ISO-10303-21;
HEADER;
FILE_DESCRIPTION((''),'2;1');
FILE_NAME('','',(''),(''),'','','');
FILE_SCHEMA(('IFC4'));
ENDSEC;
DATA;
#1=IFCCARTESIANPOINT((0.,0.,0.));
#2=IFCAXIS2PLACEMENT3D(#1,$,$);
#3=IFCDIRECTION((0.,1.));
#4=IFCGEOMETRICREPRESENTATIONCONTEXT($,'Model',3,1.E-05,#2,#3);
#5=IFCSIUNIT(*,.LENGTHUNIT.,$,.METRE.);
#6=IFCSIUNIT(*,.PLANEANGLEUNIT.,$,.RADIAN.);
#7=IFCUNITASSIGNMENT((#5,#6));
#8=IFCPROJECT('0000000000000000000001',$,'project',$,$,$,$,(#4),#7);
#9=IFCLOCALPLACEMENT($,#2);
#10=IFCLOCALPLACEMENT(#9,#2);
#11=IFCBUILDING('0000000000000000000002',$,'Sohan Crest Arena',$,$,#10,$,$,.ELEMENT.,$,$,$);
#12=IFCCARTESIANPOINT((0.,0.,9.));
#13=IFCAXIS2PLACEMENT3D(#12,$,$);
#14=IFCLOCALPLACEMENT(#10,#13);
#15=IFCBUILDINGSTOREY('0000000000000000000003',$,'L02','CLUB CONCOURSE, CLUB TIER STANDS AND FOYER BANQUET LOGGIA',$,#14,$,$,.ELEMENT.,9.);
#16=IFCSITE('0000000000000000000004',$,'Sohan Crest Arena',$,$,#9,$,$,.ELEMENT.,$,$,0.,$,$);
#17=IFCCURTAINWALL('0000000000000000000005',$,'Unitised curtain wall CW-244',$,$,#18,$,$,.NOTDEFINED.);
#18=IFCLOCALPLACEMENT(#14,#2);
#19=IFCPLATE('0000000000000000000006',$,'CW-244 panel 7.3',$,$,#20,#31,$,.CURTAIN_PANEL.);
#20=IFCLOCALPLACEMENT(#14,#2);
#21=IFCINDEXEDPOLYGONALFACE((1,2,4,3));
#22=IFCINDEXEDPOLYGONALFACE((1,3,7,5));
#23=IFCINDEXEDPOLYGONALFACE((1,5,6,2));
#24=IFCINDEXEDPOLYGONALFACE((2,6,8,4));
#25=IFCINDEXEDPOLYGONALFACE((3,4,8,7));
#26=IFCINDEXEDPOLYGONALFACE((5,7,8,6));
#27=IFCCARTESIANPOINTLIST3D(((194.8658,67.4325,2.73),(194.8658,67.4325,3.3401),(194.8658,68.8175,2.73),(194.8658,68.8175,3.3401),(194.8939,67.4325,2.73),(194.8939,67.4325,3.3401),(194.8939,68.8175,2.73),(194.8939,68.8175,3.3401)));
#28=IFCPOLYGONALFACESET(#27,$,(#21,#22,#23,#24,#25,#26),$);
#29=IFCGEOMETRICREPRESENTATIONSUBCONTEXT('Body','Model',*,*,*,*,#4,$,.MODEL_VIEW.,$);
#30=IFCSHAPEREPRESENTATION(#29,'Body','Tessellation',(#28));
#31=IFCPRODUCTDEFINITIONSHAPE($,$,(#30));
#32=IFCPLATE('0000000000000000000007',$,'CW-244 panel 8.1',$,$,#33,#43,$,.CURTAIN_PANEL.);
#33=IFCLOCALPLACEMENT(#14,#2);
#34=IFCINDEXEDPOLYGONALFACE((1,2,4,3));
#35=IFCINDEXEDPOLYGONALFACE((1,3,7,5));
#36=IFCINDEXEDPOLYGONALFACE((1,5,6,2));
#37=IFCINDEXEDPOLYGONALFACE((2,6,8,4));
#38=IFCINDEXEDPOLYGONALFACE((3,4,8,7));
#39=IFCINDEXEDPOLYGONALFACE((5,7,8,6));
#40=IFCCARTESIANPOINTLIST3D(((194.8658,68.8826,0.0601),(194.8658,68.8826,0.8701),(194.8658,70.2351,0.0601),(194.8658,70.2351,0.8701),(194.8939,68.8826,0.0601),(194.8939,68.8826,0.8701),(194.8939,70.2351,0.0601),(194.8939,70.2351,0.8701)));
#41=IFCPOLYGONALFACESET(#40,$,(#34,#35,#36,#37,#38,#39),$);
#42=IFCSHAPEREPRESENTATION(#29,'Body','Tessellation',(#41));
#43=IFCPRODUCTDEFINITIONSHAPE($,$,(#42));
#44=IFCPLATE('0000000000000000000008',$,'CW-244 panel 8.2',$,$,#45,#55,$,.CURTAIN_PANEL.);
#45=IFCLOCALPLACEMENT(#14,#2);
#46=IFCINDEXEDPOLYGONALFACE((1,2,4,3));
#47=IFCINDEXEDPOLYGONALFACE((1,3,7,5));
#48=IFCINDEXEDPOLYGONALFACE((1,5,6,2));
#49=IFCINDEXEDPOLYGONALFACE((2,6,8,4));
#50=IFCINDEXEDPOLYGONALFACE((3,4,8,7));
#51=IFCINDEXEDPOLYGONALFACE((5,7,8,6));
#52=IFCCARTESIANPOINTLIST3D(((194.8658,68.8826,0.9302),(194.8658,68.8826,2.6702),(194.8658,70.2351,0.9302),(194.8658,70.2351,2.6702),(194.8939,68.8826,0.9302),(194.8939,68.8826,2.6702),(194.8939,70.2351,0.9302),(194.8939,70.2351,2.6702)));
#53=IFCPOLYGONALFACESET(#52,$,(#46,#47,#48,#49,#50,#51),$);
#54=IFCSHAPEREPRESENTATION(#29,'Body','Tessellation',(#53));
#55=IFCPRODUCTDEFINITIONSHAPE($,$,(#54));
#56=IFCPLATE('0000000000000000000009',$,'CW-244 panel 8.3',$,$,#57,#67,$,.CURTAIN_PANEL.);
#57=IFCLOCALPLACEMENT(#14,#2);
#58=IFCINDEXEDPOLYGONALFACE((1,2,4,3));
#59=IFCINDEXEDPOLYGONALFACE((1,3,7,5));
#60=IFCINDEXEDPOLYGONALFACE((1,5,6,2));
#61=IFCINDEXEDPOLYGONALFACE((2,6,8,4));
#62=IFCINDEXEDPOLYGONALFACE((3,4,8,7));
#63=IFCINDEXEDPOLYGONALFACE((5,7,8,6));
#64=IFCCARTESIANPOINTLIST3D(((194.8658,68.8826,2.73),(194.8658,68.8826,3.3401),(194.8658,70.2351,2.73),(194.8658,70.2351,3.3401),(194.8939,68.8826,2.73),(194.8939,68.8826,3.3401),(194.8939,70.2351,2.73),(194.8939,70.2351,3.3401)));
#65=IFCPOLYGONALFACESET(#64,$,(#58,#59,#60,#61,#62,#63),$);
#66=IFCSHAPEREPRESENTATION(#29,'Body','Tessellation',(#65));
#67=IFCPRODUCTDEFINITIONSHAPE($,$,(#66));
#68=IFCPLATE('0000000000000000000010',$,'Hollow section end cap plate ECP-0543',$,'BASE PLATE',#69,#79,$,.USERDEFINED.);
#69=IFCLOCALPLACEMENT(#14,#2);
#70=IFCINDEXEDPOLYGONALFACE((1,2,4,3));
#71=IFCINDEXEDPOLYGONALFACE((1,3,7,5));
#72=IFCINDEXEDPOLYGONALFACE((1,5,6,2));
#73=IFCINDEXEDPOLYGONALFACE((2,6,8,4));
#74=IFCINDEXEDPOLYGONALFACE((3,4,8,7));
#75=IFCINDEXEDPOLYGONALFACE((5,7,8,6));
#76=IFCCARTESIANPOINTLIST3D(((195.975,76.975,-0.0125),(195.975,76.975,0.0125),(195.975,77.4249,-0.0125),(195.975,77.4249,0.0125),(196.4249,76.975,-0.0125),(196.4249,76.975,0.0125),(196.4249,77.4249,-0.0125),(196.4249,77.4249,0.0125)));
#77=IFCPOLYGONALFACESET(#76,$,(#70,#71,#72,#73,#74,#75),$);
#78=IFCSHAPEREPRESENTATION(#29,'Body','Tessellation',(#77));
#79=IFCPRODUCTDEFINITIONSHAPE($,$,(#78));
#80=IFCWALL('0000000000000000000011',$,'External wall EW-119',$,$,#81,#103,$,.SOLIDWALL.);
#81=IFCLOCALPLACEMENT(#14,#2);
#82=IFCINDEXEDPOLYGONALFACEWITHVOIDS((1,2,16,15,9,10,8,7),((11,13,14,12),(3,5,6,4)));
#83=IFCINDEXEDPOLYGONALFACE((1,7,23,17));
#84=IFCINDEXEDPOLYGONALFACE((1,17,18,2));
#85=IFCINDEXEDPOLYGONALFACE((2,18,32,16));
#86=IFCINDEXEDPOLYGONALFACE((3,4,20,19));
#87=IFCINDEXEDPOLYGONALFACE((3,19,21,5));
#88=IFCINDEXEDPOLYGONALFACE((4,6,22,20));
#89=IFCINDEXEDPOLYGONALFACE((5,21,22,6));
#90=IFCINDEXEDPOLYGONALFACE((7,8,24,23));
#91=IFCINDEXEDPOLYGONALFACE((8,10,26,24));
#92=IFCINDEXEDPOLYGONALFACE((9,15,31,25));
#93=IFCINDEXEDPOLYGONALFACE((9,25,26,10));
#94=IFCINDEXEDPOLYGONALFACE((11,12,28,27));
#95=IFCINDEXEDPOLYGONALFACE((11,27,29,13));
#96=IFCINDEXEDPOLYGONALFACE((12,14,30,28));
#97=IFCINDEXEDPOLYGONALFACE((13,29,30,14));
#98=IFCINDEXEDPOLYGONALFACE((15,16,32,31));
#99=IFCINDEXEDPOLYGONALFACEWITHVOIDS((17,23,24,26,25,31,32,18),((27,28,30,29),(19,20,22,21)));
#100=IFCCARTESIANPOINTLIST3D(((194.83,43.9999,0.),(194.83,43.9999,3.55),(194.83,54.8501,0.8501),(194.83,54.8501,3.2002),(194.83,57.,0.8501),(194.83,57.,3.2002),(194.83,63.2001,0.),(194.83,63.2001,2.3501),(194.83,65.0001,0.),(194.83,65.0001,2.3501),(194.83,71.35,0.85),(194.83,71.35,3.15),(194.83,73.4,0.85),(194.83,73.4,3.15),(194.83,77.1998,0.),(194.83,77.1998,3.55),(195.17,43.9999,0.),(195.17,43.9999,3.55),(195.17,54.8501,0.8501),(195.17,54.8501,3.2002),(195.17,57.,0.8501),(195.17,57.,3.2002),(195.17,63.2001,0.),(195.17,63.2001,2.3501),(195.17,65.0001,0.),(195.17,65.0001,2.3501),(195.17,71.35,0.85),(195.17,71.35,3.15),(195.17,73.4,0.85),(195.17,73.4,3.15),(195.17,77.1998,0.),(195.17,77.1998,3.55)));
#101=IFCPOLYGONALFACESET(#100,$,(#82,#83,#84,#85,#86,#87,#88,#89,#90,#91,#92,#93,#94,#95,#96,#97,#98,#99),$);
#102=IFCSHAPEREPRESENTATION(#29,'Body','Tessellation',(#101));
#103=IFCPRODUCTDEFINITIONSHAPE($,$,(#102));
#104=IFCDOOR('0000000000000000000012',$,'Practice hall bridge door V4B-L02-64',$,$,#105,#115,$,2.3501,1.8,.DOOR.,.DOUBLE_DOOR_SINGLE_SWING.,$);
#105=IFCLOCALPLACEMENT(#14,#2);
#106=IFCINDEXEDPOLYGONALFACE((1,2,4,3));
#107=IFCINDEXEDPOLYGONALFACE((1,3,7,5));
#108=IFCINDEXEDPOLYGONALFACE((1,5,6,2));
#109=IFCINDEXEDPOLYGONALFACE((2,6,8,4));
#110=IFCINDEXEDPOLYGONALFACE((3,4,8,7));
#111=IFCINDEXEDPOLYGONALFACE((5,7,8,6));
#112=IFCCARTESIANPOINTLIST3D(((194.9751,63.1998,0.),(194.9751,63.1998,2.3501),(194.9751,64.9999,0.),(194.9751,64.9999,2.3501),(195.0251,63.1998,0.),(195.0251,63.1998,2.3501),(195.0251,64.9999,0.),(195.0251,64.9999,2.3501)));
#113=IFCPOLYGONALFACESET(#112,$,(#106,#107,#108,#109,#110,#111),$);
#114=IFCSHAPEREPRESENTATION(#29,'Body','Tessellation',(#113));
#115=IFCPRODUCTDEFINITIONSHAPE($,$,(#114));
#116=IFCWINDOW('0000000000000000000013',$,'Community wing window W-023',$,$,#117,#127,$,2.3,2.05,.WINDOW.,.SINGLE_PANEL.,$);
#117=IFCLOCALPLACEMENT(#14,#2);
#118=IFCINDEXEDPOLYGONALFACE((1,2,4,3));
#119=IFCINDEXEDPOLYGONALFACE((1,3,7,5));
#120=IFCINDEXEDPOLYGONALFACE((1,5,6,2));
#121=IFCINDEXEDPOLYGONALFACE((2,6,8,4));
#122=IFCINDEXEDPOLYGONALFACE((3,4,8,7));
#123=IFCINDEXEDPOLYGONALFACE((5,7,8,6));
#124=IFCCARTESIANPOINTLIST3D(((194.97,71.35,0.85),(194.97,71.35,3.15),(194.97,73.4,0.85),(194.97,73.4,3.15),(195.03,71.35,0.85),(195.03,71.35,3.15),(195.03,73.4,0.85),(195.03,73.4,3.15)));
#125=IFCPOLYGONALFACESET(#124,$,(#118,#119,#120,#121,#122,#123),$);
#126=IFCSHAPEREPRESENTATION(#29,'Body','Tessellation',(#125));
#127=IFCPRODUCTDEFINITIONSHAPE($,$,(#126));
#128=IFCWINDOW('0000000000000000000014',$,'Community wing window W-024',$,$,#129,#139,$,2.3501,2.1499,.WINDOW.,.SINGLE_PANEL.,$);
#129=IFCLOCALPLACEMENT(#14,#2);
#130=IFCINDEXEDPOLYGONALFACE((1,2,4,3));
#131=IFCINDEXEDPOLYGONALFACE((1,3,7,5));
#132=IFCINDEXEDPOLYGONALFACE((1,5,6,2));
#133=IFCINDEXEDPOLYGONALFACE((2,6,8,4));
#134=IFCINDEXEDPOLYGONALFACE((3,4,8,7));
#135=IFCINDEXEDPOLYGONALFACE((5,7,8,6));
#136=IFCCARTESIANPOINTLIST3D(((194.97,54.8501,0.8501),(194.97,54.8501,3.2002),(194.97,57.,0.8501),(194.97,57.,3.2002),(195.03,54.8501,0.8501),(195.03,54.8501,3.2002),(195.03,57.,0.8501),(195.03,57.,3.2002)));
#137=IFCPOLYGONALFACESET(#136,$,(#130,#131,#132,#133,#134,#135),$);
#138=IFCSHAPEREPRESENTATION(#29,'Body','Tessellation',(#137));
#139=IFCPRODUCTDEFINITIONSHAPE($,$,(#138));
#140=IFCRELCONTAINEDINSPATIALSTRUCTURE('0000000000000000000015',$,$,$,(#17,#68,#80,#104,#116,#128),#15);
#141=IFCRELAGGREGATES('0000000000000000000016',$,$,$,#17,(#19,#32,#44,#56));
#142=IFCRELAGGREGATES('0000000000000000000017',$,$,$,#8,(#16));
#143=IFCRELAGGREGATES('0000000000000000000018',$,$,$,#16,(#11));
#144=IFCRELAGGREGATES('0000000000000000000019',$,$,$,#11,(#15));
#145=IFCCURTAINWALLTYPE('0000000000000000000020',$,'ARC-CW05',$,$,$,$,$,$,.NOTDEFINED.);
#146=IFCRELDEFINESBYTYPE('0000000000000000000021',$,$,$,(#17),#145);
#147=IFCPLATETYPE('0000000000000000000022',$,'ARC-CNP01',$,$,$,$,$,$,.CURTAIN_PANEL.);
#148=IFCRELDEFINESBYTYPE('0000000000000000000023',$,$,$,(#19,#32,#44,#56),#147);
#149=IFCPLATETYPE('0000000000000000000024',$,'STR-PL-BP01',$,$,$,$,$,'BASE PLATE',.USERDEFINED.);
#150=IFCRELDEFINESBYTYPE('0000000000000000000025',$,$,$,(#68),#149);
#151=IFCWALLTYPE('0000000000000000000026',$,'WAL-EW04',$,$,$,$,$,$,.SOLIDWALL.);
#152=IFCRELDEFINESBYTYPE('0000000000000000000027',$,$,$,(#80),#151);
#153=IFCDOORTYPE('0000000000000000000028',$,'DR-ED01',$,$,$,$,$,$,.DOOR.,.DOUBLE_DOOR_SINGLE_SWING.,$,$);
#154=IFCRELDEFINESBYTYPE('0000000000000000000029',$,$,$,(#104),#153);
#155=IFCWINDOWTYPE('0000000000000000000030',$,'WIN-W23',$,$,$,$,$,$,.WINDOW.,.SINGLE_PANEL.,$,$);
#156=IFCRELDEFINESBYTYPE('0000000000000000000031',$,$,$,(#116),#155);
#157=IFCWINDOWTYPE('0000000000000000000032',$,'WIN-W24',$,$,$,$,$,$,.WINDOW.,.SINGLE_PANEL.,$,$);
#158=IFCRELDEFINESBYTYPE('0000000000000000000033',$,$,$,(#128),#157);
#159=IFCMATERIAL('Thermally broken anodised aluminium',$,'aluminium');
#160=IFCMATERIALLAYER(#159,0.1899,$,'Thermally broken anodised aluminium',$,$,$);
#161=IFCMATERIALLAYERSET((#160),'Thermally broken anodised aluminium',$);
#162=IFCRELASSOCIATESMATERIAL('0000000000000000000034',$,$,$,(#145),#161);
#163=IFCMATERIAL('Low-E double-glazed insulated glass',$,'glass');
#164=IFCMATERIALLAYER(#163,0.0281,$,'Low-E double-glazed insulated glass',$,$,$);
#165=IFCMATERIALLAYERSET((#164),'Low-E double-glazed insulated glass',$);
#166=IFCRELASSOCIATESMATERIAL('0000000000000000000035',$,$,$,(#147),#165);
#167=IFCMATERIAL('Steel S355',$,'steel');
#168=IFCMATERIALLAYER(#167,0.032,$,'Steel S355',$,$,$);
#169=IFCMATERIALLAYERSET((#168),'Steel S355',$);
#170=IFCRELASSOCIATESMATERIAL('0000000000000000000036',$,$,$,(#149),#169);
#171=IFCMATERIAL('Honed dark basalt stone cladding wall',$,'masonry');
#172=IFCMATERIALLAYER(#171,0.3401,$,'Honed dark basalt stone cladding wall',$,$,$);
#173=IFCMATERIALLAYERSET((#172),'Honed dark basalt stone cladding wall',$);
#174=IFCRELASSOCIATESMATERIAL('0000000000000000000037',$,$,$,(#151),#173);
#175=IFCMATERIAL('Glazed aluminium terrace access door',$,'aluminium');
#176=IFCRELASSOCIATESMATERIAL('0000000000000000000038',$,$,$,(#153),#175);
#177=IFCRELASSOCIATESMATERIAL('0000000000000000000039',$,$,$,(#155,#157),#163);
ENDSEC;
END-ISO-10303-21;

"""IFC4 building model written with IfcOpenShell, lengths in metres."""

from ifc_helpers import new_model, si_unit, direction, frame, frame_2d, origin, origin_2d, place, context, subcontext, project, spatial, rectangle, extrude, material, layer, layer_set, type_object, element, fill, aggregate, save


model = new_model("IFC4")

# Units and contexts
model_context = context("Model", 3, precision=1e-05, world=origin(), true_north=direction((0.0, 1.0)))
body_context = subcontext(model_context, "Body", "Model", "MODEL_VIEW")
ifc_project = project(units=[si_unit("LENGTHUNIT", "METRE"), si_unit("PLANEANGLEUNIT", "RADIAN")], contexts=[model_context])

# Site, building, storey
site_placement = place(None, origin())
site = spatial("IfcSite", under=ifc_project, at=site_placement, Name="Sohan Crest Arena", CompositionType="ELEMENT", RefElevation=0.0)
building_placement = place(site_placement, origin())
building = spatial("IfcBuilding", under=site, at=building_placement, Name="Sohan Crest Arena", CompositionType="ELEMENT")
storey_placement = place(building_placement, frame((0.0, 0.0, 9.0)))
storey = spatial("IfcBuildingStorey", under=building, at=storey_placement, Name="L02", Description="CLUB CONCOURSE, CLUB TIER STANDS AND FOYER BANQUET LOGGIA", CompositionType="ELEMENT", Elevation=9.0)

# Curtain wall
ifc_material_1 = material(Name="Thermally broken anodised aluminium", Category="aluminium")
ifc_layer_1 = layer(ifc_material_1, 0.1899, Name="Thermally broken anodised aluminium")
ifc_layer_set_1 = layer_set([ifc_layer_1], Name="Thermally broken anodised aluminium")
curtain_wall_type = type_object("IfcCurtainWallType", Name="ARC-CW05", PredefinedType="NOTDEFINED", material=ifc_layer_set_1)
curtain_wall_placement = place(storey_placement, origin())
curtain_wall = element("IfcCurtainWall", 1, at=curtain_wall_placement, inside=storey, type_object=curtain_wall_type, Name="Unitised curtain wall CW-244", PredefinedType="NOTDEFINED")

# Shared definitions
ifc_material_2 = material(Name="Steel S355", Category="steel")

# Plates
ifc_material_3 = material(Name="Low-E double-glazed insulated glass", Category="glass")
ifc_layer_2 = layer(ifc_material_3, 0.0281, Name="Low-E double-glazed insulated glass")
ifc_layer_set_2 = layer_set([ifc_layer_2], Name="Low-E double-glazed insulated glass")
plate_type_1 = type_object("IfcPlateType", Name="ARC-CNP01", PredefinedType="CURTAIN_PANEL", material=ifc_layer_set_2)
plate_1_placement = place(storey_placement, frame((194.8799, 68.125, 2.73), z_axis=(0.0, 0.0, 1.0), x_axis=(0.0, 1.0, 0.0)))
plate_1 = element("IfcPlate", 2, at=plate_1_placement, type_object=plate_type_1, Name="CW-244 panel 7.3", PredefinedType="CURTAIN_PANEL", context=body_context, shape_type="SweptSolid", body=[
    extrude(rectangle(XDim=1.385, YDim=0.0281, at=origin_2d()), origin(), (0.0, 0.0, 1.0), 0.6101),
])
plate_2_placement = place(storey_placement, frame((194.8799, 69.5588, 0.0601), z_axis=(0.0, 0.0, 1.0), x_axis=(0.0, 1.0, 0.0)))
plate_2 = element("IfcPlate", 3, at=plate_2_placement, type_object=plate_type_1, Name="CW-244 panel 8.1", PredefinedType="CURTAIN_PANEL", context=body_context, shape_type="SweptSolid", body=[
    extrude(rectangle(XDim=1.3525, YDim=0.0281, at=origin_2d()), origin(), (0.0, 0.0, 1.0), 0.8101),
])
plate_3_placement = place(storey_placement, frame((194.8799, 69.5588, 0.9302), z_axis=(0.0, 0.0, 1.0), x_axis=(0.0, 1.0, 0.0)))
plate_3 = element("IfcPlate", 4, at=plate_3_placement, type_object=plate_type_1, Name="CW-244 panel 8.2", PredefinedType="CURTAIN_PANEL", context=body_context, shape_type="SweptSolid", body=[
    extrude(rectangle(XDim=1.3525, YDim=0.0281, at=origin_2d()), origin(), (0.0, 0.0, 1.0), 1.74),
])
plate_4_placement = place(storey_placement, frame((194.8799, 69.5588, 2.73), z_axis=(0.0, 0.0, 1.0), x_axis=(0.0, 1.0, 0.0)))
plate_4 = element("IfcPlate", 5, at=plate_4_placement, type_object=plate_type_1, Name="CW-244 panel 8.3", PredefinedType="CURTAIN_PANEL", context=body_context, shape_type="SweptSolid", body=[
    extrude(rectangle(XDim=1.3525, YDim=0.0281, at=origin_2d()), origin(), (0.0, 0.0, 1.0), 0.6101),
])
aggregate(curtain_wall, [plate_1, plate_2, plate_3, plate_4])
ifc_layer_3 = layer(ifc_material_2, 0.032, Name="Steel S355")
ifc_layer_set_3 = layer_set([ifc_layer_3], Name="Steel S355")
plate_type_2 = type_object("IfcPlateType", Name="STR-PL-BP01", ElementType="BASE PLATE", PredefinedType="USERDEFINED", material=ifc_layer_set_3)
plate_5_placement = place(storey_placement, frame((196.2, 77.2, -0.0125), z_axis=(0.0, 0.0, 1.0), x_axis=(1.0, 0.0, 0.0)))
element("IfcPlate", 6, at=plate_5_placement, inside=storey, type_object=plate_type_2, Name="Hollow section end cap plate ECP-0543", ObjectType="BASE PLATE", PredefinedType="USERDEFINED", context=body_context, shape_type="SweptSolid", body=[
    extrude(rectangle(XDim=0.45, YDim=0.45, at=origin_2d()), origin(), (0.0, 0.0, 1.0), 0.0249),
])

# Wall, openings, door, windows
ifc_material_4 = material(Name="Honed dark basalt stone cladding wall", Category="masonry")
ifc_layer_4 = layer(ifc_material_4, 0.3401, Name="Honed dark basalt stone cladding wall")
ifc_layer_set_4 = layer_set([ifc_layer_4], Name="Honed dark basalt stone cladding wall")
wall_type = type_object("IfcWallType", Name="WAL-EW04", PredefinedType="SOLIDWALL", material=ifc_layer_set_4)
wall_placement = place(storey_placement, frame((195.0, 77.2, 0.0), z_axis=(0.0, 0.0, 1.0), x_axis=(0.0, -1.0, 0.0)))
wall = element("IfcWall", 7, at=wall_placement, inside=storey, type_object=wall_type, Name="External wall EW-119", PredefinedType="SOLIDWALL", context=body_context, shape_type="SweptSolid", body=[
    extrude(rectangle(XDim=33.2, YDim=0.3401, at=frame_2d((16.6001, 0.0))), origin(), (0.0, 0.0, 1.0), 3.55),
])
opening_1_placement = place(wall_placement, frame((12.2, 0.0, 0.0)))
opening_1 = element("IfcOpeningElement", 8, at=opening_1_placement, cuts=wall, PredefinedType="OPENING", context=body_context, shape_type="SweptSolid", body=[
    extrude(rectangle(XDim=1.8, YDim=2.3501, at=frame_2d((0.8999, 1.175))), frame((0.0, 0.1799, 0.0), z_axis=(0.0, -1.0, 0.0), x_axis=(1.0, 0.0, 0.0)), (0.0, 0.0, 1.0), 0.3601),
])
opening_2_placement = place(wall_placement, frame((3.8, 0.0, 0.8501)))
opening_2 = element("IfcOpeningElement", 9, at=opening_2_placement, cuts=wall, PredefinedType="OPENING", context=body_context, shape_type="SweptSolid", body=[
    extrude(rectangle(XDim=2.05, YDim=2.3, at=frame_2d((1.0249, 1.1499))), frame((0.0, 0.1799, 0.0), z_axis=(0.0, -1.0, 0.0), x_axis=(1.0, 0.0, 0.0)), (0.0, 0.0, 1.0), 0.3601),
])
opening_3_placement = place(wall_placement, frame((20.2, 0.0, 0.8501)))
opening_3 = element("IfcOpeningElement", 10, at=opening_3_placement, cuts=wall, PredefinedType="OPENING", context=body_context, shape_type="SweptSolid", body=[
    extrude(rectangle(XDim=2.1499, YDim=2.3501, at=frame_2d((1.075, 1.175))), frame((0.0, 0.1799, 0.0), z_axis=(0.0, -1.0, 0.0), x_axis=(1.0, 0.0, 0.0)), (0.0, 0.0, 1.0), 0.3601),
])
ifc_material_5 = material(Name="Glazed aluminium terrace access door", Category="aluminium")
door_type = type_object("IfcDoorType", Name="DR-ED01", OperationType="DOUBLE_DOOR_SINGLE_SWING", PredefinedType="DOOR", material=ifc_material_5)
door_placement = place(opening_1_placement, frame((1.8, 0.0, 0.0), z_axis=(0.0, 0.0, 1.0), x_axis=(-1.0, 0.0, 0.0)))
door = element("IfcDoor", 11, at=door_placement, inside=storey, type_object=door_type, Name="Practice hall bridge door V4B-L02-64", OperationType="DOUBLE_DOOR_SINGLE_SWING", OverallHeight=2.3501, OverallWidth=1.8, PredefinedType="DOOR", context=body_context, shape_type="SweptSolid", body=[
    extrude(rectangle(XDim=1.8, YDim=2.3501, at=frame_2d((0.8999, 1.175))), frame((0.0, 0.0249, 0.0), z_axis=(0.0, -1.0, 0.0), x_axis=(1.0, 0.0, 0.0)), (0.0, 0.0, 1.0), 0.05),
])
fill(opening_1, door)
window_type_1 = type_object("IfcWindowType", Name="WIN-W23", PartitioningType="SINGLE_PANEL", PredefinedType="WINDOW", material=ifc_material_3)
window_1_placement = place(opening_2_placement, origin())
window_1 = element("IfcWindow", 12, at=window_1_placement, inside=storey, type_object=window_type_1, Name="Community wing window W-023", OverallHeight=2.3, OverallWidth=2.05, PartitioningType="SINGLE_PANEL", PredefinedType="WINDOW", context=body_context, shape_type="SweptSolid", body=[
    extrude(rectangle(XDim=2.05, YDim=2.3, at=frame_2d((1.0249, 1.1499))), frame((0.0, 0.03, 0.0), z_axis=(0.0, -1.0, 0.0), x_axis=(1.0, 0.0, 0.0)), (0.0, 0.0, 1.0), 0.0601),
])
fill(opening_2, window_1)
window_type_2 = type_object("IfcWindowType", Name="WIN-W24", PartitioningType="SINGLE_PANEL", PredefinedType="WINDOW", material=ifc_material_3)
window_2_placement = place(opening_3_placement, origin())
window_2 = element("IfcWindow", 13, at=window_2_placement, inside=storey, type_object=window_type_2, Name="Community wing window W-024", OverallHeight=2.3501, OverallWidth=2.1499, PartitioningType="SINGLE_PANEL", PredefinedType="WINDOW", context=body_context, shape_type="SweptSolid", body=[
    extrude(rectangle(XDim=2.1499, YDim=2.3501, at=frame_2d((1.075, 1.175))), frame((0.0, 0.03, 0.0), z_axis=(0.0, -1.0, 0.0), x_axis=(1.0, 0.0, 0.0)), (0.0, 0.0, 1.0), 0.0601),
])
fill(opening_3, window_2)

save(model, "model.ifc")
